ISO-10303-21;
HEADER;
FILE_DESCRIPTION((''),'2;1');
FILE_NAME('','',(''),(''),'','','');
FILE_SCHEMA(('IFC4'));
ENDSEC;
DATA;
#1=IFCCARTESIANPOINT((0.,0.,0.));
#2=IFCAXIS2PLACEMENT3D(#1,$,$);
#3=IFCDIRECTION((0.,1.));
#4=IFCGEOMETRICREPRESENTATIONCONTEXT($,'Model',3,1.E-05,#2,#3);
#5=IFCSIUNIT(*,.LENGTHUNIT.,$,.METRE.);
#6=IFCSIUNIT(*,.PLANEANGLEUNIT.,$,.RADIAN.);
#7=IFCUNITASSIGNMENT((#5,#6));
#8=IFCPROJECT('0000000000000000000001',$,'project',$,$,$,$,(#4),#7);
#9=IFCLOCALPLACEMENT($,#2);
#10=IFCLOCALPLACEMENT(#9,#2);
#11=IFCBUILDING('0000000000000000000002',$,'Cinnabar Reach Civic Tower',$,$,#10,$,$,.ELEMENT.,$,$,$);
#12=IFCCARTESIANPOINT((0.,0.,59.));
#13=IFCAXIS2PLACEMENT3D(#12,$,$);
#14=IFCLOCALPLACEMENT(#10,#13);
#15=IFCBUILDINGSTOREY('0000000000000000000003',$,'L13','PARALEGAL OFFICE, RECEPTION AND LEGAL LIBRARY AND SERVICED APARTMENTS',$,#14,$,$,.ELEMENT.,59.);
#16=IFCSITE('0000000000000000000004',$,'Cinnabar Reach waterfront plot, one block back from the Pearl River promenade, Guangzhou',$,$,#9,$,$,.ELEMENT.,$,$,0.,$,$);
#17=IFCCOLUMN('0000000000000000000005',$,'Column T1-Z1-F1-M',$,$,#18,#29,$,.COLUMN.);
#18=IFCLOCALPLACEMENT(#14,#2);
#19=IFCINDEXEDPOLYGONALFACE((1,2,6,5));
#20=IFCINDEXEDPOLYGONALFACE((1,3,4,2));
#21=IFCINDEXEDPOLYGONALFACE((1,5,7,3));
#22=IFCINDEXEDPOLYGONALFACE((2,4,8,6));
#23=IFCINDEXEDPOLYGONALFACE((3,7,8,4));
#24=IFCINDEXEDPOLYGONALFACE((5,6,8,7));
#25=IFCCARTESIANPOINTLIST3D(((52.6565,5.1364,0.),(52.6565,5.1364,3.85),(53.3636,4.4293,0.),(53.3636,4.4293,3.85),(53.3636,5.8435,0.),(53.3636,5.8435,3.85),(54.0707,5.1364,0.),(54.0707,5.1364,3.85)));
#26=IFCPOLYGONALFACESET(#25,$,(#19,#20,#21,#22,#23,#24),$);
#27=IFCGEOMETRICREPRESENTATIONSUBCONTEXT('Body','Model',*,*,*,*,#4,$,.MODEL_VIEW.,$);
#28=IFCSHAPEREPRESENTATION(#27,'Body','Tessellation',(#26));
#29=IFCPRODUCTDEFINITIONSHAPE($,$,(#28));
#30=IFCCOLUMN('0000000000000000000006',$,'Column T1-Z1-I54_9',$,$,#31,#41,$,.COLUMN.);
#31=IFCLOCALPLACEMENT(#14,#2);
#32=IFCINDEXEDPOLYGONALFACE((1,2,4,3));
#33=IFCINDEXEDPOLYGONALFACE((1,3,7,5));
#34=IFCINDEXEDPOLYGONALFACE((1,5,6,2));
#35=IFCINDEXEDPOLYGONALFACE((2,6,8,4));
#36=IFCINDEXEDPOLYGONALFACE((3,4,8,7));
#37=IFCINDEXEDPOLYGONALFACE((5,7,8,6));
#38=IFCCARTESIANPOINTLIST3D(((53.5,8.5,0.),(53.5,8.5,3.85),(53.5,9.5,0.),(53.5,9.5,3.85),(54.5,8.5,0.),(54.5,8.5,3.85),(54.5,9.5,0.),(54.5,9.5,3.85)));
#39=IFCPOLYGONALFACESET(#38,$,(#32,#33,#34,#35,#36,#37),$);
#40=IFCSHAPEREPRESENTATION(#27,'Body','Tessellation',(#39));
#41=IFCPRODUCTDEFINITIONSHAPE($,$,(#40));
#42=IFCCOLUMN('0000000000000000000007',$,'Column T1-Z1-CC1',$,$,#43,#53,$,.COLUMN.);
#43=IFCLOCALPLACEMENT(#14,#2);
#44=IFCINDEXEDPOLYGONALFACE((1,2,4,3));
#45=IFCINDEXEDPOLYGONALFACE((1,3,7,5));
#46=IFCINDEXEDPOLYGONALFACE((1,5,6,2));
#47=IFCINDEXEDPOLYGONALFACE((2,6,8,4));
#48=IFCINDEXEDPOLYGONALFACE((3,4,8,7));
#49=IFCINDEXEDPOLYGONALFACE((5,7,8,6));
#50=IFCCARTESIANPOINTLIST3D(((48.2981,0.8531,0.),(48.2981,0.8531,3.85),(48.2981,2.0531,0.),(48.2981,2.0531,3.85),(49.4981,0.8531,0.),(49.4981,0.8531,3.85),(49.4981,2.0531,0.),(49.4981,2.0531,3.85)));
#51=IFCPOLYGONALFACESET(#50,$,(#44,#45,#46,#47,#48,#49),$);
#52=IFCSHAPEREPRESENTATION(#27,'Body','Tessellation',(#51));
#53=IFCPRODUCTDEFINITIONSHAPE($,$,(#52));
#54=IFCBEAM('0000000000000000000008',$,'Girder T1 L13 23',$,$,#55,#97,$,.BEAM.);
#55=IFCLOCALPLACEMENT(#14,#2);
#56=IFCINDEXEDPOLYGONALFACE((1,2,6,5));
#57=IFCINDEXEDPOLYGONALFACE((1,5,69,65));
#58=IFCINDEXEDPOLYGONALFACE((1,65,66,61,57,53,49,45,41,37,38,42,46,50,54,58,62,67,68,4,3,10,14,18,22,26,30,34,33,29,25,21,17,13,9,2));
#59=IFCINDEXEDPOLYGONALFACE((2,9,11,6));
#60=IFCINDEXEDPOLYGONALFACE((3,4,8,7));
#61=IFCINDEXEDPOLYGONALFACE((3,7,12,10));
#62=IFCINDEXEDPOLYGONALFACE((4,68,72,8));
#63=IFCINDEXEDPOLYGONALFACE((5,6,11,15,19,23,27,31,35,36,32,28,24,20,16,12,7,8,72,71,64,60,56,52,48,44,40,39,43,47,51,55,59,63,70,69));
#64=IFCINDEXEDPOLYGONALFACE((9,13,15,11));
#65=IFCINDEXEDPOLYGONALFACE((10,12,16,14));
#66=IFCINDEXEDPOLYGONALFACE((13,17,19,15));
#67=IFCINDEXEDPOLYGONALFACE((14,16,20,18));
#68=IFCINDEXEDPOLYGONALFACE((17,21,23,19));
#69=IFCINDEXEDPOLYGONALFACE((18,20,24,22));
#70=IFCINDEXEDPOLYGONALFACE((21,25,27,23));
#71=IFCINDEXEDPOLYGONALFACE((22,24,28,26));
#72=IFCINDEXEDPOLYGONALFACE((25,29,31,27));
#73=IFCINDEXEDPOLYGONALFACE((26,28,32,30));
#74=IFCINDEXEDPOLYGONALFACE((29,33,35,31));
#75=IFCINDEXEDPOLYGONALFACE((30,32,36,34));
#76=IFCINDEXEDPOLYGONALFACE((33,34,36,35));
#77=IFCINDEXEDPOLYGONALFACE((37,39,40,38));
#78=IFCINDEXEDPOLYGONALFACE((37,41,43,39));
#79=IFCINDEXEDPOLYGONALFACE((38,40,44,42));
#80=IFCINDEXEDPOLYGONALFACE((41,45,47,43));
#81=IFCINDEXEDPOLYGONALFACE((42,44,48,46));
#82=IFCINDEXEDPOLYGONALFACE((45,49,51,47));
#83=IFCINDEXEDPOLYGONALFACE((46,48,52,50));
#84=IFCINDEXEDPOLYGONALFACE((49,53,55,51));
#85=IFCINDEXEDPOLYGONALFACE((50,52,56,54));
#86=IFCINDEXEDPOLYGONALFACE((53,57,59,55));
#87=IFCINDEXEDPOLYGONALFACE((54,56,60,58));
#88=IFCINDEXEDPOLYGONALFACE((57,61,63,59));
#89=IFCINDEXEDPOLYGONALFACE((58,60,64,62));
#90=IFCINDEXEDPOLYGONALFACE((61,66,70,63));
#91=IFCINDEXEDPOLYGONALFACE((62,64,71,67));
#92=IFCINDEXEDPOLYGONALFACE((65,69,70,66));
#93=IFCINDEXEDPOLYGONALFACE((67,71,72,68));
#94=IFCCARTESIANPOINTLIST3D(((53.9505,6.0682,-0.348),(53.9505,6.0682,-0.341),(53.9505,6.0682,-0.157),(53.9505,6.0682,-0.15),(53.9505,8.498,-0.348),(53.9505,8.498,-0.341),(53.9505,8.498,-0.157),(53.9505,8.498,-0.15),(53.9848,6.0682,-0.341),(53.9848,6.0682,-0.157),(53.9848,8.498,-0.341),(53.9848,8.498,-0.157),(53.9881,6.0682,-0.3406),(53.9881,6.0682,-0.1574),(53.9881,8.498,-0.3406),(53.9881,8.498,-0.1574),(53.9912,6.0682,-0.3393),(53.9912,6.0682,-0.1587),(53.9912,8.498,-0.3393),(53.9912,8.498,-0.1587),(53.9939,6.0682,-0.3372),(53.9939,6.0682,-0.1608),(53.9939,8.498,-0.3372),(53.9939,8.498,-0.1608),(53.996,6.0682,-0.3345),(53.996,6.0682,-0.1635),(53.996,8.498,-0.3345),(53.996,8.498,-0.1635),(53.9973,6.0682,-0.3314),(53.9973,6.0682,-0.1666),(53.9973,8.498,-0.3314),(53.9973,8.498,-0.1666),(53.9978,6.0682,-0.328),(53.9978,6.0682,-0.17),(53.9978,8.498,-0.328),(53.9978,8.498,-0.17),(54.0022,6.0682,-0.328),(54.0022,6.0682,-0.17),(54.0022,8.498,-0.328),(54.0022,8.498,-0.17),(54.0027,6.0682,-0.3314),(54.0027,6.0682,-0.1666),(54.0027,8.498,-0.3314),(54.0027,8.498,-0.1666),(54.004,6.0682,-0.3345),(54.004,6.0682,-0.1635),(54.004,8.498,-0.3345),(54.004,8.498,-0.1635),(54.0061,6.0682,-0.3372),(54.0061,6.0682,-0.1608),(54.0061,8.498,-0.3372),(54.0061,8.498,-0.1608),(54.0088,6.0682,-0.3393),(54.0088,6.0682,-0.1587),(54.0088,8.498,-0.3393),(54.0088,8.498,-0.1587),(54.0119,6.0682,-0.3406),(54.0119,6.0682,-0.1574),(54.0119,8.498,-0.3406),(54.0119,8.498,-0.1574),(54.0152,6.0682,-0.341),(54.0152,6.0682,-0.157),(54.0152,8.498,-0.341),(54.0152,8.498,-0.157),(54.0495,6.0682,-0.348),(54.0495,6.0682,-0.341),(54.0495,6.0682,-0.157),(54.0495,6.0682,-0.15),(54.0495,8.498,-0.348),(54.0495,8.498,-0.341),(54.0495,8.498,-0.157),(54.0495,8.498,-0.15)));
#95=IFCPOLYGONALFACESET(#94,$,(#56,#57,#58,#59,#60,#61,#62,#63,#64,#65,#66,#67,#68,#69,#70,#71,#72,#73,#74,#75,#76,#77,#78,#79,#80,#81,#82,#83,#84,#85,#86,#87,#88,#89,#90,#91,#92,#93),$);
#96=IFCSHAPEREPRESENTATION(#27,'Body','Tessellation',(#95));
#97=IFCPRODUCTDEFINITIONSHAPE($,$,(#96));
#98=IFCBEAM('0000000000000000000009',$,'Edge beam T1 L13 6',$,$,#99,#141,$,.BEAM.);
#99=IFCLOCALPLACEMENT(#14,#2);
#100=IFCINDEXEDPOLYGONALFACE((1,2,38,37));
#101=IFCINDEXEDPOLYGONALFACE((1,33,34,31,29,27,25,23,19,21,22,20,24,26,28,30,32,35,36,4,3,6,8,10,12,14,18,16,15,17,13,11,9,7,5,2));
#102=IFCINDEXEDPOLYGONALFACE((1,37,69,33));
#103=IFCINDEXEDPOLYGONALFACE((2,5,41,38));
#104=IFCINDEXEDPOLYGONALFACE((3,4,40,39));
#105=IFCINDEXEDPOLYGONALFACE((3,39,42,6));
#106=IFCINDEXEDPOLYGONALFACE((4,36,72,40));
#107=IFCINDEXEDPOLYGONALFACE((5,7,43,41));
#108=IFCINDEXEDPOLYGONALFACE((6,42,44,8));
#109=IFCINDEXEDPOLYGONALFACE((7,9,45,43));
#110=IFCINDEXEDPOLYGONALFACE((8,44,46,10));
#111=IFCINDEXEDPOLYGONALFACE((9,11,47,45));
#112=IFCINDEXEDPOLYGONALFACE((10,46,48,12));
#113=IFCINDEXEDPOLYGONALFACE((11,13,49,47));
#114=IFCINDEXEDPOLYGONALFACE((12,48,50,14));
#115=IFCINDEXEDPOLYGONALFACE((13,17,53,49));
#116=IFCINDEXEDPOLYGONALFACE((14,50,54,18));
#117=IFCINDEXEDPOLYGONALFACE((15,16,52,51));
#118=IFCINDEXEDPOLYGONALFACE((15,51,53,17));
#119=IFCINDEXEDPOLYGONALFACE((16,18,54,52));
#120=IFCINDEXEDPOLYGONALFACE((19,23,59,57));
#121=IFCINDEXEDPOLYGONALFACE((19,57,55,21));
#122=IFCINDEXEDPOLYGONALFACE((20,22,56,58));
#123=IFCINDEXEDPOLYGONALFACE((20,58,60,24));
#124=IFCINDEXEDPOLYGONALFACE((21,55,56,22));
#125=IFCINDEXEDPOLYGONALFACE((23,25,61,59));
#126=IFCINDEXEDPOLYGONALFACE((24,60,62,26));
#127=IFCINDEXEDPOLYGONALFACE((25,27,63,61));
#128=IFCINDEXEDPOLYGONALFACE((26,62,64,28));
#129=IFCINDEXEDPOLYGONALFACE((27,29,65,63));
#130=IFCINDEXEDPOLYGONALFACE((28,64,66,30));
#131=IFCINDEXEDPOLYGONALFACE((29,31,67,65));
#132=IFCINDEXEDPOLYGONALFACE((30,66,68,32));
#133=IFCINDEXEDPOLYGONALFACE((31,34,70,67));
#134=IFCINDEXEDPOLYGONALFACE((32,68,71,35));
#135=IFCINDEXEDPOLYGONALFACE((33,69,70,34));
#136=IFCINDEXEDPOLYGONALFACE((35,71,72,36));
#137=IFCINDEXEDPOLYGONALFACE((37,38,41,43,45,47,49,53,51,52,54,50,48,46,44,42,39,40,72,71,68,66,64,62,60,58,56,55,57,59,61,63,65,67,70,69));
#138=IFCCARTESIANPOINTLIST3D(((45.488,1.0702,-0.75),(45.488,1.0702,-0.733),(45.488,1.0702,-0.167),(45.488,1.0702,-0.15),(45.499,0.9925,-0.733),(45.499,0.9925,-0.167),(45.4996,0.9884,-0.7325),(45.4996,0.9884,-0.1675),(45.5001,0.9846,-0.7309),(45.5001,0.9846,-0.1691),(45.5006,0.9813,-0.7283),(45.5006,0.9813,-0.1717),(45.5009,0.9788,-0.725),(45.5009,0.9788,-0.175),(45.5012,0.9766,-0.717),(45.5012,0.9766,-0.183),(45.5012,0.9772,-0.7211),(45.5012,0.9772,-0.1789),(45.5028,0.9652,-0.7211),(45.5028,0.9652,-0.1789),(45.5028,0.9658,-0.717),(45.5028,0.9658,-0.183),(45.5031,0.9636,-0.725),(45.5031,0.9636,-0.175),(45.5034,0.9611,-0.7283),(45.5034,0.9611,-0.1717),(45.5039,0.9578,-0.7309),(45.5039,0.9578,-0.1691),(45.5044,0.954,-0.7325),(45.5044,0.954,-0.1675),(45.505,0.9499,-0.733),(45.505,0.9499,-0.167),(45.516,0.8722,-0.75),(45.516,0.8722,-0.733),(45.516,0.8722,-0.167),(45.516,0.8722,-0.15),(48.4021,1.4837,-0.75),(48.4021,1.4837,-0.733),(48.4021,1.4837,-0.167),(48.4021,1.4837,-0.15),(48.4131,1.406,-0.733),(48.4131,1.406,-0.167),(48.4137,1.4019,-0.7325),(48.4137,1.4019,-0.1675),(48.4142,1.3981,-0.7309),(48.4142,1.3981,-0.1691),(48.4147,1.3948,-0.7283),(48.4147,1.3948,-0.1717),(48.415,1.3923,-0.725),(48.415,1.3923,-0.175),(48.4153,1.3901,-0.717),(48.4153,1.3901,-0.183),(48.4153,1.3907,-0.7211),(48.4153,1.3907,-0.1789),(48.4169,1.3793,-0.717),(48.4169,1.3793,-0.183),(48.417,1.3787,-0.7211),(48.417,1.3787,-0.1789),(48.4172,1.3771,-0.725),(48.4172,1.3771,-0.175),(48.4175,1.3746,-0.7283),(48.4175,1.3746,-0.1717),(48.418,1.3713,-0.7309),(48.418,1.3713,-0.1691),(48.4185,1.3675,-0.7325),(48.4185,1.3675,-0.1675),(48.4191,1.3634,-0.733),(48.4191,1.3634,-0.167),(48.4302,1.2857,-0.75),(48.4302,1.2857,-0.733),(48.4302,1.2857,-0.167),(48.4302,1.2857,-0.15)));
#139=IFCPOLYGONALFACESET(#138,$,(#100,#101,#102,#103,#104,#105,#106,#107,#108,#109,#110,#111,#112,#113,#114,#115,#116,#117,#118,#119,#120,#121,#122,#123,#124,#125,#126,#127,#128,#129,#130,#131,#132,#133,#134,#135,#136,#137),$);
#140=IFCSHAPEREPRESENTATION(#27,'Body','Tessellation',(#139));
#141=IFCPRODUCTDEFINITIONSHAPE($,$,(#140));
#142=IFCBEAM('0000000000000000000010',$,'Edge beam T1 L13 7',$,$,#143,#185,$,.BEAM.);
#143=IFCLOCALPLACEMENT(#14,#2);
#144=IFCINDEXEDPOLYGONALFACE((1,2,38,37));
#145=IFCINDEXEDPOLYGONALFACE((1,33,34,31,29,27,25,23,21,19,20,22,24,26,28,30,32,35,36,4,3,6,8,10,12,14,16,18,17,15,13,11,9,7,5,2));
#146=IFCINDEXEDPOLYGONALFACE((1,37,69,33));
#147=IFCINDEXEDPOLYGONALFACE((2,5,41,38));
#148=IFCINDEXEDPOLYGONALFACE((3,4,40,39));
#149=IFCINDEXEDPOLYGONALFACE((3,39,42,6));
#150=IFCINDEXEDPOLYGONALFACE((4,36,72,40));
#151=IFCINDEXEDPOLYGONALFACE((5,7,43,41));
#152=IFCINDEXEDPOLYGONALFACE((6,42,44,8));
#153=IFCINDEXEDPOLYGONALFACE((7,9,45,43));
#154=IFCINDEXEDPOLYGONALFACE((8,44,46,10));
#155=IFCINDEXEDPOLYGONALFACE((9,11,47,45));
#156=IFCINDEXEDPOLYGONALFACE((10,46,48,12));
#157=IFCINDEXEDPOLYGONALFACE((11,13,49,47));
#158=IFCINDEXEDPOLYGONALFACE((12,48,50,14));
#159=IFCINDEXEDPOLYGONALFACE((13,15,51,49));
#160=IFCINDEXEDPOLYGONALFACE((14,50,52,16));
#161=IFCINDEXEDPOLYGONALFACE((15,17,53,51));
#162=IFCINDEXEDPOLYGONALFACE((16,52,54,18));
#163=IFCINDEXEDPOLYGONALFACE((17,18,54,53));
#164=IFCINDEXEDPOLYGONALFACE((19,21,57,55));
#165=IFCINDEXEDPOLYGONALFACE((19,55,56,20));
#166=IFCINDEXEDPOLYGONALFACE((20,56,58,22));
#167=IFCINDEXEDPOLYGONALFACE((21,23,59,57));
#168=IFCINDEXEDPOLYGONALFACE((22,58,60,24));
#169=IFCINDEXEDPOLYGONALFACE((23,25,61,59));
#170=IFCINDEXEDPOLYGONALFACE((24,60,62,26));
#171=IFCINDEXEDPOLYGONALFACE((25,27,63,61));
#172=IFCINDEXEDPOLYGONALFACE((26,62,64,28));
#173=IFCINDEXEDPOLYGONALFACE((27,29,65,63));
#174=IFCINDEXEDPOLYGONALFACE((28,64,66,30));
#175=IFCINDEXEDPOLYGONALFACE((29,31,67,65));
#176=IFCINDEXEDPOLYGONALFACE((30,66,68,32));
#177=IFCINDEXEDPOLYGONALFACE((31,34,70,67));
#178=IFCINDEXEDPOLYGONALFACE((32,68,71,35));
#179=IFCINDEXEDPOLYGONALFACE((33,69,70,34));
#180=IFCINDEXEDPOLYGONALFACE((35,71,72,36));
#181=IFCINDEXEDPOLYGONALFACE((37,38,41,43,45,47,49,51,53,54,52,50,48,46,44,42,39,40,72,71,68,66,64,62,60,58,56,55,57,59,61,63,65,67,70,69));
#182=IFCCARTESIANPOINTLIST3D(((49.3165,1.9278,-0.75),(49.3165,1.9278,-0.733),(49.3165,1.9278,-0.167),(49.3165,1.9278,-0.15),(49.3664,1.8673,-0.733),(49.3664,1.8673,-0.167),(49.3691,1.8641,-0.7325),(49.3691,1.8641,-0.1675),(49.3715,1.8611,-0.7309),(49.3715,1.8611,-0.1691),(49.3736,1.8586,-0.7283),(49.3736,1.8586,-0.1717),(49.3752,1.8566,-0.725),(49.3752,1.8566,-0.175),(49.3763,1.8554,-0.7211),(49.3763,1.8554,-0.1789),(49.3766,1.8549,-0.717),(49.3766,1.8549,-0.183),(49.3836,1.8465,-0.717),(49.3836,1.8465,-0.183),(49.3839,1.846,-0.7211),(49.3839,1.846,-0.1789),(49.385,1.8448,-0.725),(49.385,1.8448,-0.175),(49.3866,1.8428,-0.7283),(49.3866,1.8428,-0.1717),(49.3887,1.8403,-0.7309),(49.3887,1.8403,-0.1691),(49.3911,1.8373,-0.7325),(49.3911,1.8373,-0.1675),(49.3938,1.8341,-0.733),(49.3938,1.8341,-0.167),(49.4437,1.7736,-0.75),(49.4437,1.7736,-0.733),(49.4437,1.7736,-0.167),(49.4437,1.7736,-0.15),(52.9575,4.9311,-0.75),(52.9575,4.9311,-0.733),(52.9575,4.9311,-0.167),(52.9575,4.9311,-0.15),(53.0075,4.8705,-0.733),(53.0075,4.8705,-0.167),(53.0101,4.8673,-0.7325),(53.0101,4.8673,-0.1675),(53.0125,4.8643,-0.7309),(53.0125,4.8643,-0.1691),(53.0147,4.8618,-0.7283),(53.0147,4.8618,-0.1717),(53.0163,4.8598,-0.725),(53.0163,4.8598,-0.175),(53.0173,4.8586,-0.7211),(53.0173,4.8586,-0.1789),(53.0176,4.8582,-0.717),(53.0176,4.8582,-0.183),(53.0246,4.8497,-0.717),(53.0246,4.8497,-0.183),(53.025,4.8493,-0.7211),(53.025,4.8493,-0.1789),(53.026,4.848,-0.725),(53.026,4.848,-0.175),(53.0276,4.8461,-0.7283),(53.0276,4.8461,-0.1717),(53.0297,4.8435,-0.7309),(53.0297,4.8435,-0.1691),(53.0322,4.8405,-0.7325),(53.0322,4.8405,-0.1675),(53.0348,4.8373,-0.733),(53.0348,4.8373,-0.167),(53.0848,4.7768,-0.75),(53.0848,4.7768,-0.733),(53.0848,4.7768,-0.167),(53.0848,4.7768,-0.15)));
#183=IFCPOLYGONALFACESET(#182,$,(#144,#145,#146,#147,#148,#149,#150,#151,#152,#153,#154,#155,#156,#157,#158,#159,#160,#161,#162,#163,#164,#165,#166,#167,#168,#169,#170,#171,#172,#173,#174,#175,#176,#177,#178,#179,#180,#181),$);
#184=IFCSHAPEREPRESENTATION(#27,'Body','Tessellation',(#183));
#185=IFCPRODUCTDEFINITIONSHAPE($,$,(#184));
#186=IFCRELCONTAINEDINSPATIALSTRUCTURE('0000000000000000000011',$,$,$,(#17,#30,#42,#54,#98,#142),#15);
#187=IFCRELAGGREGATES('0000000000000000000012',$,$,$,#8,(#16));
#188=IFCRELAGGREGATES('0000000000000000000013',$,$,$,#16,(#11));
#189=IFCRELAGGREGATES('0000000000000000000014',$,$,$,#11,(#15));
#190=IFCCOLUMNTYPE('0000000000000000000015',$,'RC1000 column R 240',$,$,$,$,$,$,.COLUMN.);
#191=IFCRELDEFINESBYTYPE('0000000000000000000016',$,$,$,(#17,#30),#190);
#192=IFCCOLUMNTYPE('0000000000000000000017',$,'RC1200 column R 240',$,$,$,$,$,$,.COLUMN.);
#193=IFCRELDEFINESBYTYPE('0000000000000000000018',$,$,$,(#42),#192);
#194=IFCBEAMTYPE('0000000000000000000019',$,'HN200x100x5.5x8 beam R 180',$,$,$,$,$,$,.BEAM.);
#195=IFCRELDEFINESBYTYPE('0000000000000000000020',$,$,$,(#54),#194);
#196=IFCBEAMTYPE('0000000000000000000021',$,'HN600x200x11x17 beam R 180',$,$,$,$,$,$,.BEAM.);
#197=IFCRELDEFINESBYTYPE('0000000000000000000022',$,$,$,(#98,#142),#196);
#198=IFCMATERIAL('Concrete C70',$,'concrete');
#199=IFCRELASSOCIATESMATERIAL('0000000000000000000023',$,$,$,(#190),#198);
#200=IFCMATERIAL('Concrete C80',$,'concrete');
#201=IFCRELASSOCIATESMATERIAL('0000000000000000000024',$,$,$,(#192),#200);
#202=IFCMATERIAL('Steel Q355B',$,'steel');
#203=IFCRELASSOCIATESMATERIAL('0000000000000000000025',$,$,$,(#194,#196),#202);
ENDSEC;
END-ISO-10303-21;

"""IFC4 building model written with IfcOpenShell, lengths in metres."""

from ifc_helpers import new_model, si_unit, direction, frame, origin, origin_2d, place, context, subcontext, project, spatial, rectangle, i_section, extrude, material, material_profile, profile_set, type_object, element, save


model = new_model("IFC4")

# Units and contexts
model_context = context("Model", 3, precision=1e-05, world=origin(), true_north=direction((0.0, 1.0)))
body_context = subcontext(model_context, "Body", "Model", "MODEL_VIEW")
ifc_project = project(units=[si_unit("LENGTHUNIT", "METRE"), si_unit("PLANEANGLEUNIT", "RADIAN")], contexts=[model_context])

# Site, building, storey
site_placement = place(None, origin())
site = spatial("IfcSite", under=ifc_project, at=site_placement, Name="Cinnabar Reach waterfront plot, one block back from the Pearl River promenade, Guangzhou", CompositionType="ELEMENT", RefElevation=0.0)
building_placement = place(site_placement, origin())
building = spatial("IfcBuilding", under=site, at=building_placement, Name="Cinnabar Reach Civic Tower", CompositionType="ELEMENT")
storey_placement = place(building_placement, frame((0.0, 0.0, 59.0)))
storey = spatial("IfcBuildingStorey", under=building, at=storey_placement, Name="L13", Description="PARALEGAL OFFICE, RECEPTION AND LEGAL LIBRARY AND SERVICED APARTMENTS", CompositionType="ELEMENT", Elevation=59.0)

# Columns
ifc_material_1 = material(Name="Concrete C70", Category="concrete")
ifc_material_profile_1 = material_profile(ifc_material_1, rectangle(XDim=1.0, YDim=1.0, at=origin_2d()), Name="RC1000")
ifc_profile_set_1 = profile_set([ifc_material_profile_1], Name="Concrete C70")
column_type_1 = type_object("IfcColumnType", Name="RC1000 column R 240", PredefinedType="COLUMN", material=ifc_profile_set_1)
for number, where, z_axis, x_axis, name in (
    (1, (53.3636, 5.1364, 0.0), (0.0, 0.0, 1.0), (0.707107, 0.707107, 0.0), "Column T1-Z1-F1-M"),
    (2, (54.0, 9.0, 0.0), (0.0, 0.0, 1.0), (1.0, 0.0, 0.0), "Column T1-Z1-I54_9"),
):
    element("IfcColumn", number, at=place(storey_placement, frame(where, z_axis=z_axis, x_axis=x_axis)), inside=storey, type_object=column_type_1, Name=name, PredefinedType="COLUMN", context=body_context, shape_type="SweptSolid", body=[
        extrude(rectangle(XDim=1.0, YDim=1.0, at=origin_2d()), origin(), (0.0, 0.0, 1.0), 3.85),
    ])
ifc_material_2 = material(Name="Concrete C80", Category="concrete")
ifc_material_profile_2 = material_profile(ifc_material_2, rectangle(XDim=1.2, YDim=1.2, at=origin_2d()), Name="RC1200")
ifc_profile_set_2 = profile_set([ifc_material_profile_2], Name="Concrete C80")
column_type_2 = type_object("IfcColumnType", Name="RC1200 column R 240", PredefinedType="COLUMN", material=ifc_profile_set_2)
column_placement = place(storey_placement, frame((48.8981, 1.4531, 0.0), z_axis=(0.0, 0.0, 1.0), x_axis=(1.0, 0.0, 0.0)))
element("IfcColumn", 3, at=column_placement, inside=storey, type_object=column_type_2, Name="Column T1-Z1-CC1", PredefinedType="COLUMN", context=body_context, shape_type="SweptSolid", body=[
    extrude(rectangle(XDim=1.2, YDim=1.2, at=origin_2d()), origin(), (0.0, 0.0, 1.0), 3.85),
])

# Beams
ifc_material_3 = material(Name="Steel Q355B", Category="steel")
ifc_material_profile_3 = material_profile(ifc_material_3, i_section(OverallWidth=0.099, OverallDepth=0.198, WebThickness=0.0045, FlangeThickness=0.007, FilletRadius=0.013, at=origin_2d()), Name="HN200x100x5.5x8")
ifc_profile_set_3 = profile_set([ifc_material_profile_3], Name="Steel Q355B")
beam_type_1 = type_object("IfcBeamType", Name="HN200x100x5.5x8 beam R 180", PredefinedType="BEAM", material=ifc_profile_set_3)
beam_1_placement = place(storey_placement, frame((54.0, 6.0682, -0.249), z_axis=(0.0, 1.0, 0.0), x_axis=(-1.0, 0.0, 0.0)))
element("IfcBeam", 4, at=beam_1_placement, inside=storey, type_object=beam_type_1, Name="Girder T1 L13 23", PredefinedType="BEAM", context=body_context, shape_type="SweptSolid", body=[
    extrude(i_section(OverallWidth=0.099, OverallDepth=0.198, WebThickness=0.0045, FlangeThickness=0.007, FilletRadius=0.013, at=origin_2d()), origin(), (0.0, 0.0, 1.0), 2.4298),
])
ifc_material_profile_4 = material_profile(ifc_material_3, i_section(OverallWidth=0.2, OverallDepth=0.6, WebThickness=0.011, FlangeThickness=0.017, FilletRadius=0.016, at=origin_2d()), Name="HN600x200x11x17")
ifc_profile_set_4 = profile_set([ifc_material_profile_4], Name="Steel Q355B")
beam_type_2 = type_object("IfcBeamType", Name="HN600x200x11x17 beam R 180", PredefinedType="BEAM", material=ifc_profile_set_4)
beam_2_placement = place(storey_placement, frame((45.502, 0.9712, -0.45), z_axis=(0.990082, 0.140489, 0.0), x_axis=(-0.140489, 0.990082, 0.0)))
element("IfcBeam", 5, at=beam_2_placement, inside=storey, type_object=beam_type_2, Name="Edge beam T1 L13 6", PredefinedType="BEAM", context=body_context, shape_type="SweptSolid", body=[
    extrude(i_section(OverallWidth=0.2, OverallDepth=0.6, WebThickness=0.011, FlangeThickness=0.017, FilletRadius=0.016, at=origin_2d()), origin(), (0.0, 0.0, 1.0), 2.9433),
])
for number, where, z_axis, x_axis, name in (
    (6, (49.3801, 1.8507, -0.45), (0.771438, 0.636304, 0.0), (-0.636304, 0.771438, 0.0), "Edge beam T1 L13 7"),
):
    element("IfcBeam", number, at=place(storey_placement, frame(where, z_axis=z_axis, x_axis=x_axis)), inside=storey, type_object=beam_type_2, Name=name, PredefinedType="BEAM", context=body_context, shape_type="SweptSolid", body=[
        extrude(i_section(OverallWidth=0.2, OverallDepth=0.6, WebThickness=0.011, FlangeThickness=0.017, FilletRadius=0.016, at=origin_2d()), origin(), (0.0, 0.0, 1.0), 4.7198),
    ])

save(model, "model.ifc")
